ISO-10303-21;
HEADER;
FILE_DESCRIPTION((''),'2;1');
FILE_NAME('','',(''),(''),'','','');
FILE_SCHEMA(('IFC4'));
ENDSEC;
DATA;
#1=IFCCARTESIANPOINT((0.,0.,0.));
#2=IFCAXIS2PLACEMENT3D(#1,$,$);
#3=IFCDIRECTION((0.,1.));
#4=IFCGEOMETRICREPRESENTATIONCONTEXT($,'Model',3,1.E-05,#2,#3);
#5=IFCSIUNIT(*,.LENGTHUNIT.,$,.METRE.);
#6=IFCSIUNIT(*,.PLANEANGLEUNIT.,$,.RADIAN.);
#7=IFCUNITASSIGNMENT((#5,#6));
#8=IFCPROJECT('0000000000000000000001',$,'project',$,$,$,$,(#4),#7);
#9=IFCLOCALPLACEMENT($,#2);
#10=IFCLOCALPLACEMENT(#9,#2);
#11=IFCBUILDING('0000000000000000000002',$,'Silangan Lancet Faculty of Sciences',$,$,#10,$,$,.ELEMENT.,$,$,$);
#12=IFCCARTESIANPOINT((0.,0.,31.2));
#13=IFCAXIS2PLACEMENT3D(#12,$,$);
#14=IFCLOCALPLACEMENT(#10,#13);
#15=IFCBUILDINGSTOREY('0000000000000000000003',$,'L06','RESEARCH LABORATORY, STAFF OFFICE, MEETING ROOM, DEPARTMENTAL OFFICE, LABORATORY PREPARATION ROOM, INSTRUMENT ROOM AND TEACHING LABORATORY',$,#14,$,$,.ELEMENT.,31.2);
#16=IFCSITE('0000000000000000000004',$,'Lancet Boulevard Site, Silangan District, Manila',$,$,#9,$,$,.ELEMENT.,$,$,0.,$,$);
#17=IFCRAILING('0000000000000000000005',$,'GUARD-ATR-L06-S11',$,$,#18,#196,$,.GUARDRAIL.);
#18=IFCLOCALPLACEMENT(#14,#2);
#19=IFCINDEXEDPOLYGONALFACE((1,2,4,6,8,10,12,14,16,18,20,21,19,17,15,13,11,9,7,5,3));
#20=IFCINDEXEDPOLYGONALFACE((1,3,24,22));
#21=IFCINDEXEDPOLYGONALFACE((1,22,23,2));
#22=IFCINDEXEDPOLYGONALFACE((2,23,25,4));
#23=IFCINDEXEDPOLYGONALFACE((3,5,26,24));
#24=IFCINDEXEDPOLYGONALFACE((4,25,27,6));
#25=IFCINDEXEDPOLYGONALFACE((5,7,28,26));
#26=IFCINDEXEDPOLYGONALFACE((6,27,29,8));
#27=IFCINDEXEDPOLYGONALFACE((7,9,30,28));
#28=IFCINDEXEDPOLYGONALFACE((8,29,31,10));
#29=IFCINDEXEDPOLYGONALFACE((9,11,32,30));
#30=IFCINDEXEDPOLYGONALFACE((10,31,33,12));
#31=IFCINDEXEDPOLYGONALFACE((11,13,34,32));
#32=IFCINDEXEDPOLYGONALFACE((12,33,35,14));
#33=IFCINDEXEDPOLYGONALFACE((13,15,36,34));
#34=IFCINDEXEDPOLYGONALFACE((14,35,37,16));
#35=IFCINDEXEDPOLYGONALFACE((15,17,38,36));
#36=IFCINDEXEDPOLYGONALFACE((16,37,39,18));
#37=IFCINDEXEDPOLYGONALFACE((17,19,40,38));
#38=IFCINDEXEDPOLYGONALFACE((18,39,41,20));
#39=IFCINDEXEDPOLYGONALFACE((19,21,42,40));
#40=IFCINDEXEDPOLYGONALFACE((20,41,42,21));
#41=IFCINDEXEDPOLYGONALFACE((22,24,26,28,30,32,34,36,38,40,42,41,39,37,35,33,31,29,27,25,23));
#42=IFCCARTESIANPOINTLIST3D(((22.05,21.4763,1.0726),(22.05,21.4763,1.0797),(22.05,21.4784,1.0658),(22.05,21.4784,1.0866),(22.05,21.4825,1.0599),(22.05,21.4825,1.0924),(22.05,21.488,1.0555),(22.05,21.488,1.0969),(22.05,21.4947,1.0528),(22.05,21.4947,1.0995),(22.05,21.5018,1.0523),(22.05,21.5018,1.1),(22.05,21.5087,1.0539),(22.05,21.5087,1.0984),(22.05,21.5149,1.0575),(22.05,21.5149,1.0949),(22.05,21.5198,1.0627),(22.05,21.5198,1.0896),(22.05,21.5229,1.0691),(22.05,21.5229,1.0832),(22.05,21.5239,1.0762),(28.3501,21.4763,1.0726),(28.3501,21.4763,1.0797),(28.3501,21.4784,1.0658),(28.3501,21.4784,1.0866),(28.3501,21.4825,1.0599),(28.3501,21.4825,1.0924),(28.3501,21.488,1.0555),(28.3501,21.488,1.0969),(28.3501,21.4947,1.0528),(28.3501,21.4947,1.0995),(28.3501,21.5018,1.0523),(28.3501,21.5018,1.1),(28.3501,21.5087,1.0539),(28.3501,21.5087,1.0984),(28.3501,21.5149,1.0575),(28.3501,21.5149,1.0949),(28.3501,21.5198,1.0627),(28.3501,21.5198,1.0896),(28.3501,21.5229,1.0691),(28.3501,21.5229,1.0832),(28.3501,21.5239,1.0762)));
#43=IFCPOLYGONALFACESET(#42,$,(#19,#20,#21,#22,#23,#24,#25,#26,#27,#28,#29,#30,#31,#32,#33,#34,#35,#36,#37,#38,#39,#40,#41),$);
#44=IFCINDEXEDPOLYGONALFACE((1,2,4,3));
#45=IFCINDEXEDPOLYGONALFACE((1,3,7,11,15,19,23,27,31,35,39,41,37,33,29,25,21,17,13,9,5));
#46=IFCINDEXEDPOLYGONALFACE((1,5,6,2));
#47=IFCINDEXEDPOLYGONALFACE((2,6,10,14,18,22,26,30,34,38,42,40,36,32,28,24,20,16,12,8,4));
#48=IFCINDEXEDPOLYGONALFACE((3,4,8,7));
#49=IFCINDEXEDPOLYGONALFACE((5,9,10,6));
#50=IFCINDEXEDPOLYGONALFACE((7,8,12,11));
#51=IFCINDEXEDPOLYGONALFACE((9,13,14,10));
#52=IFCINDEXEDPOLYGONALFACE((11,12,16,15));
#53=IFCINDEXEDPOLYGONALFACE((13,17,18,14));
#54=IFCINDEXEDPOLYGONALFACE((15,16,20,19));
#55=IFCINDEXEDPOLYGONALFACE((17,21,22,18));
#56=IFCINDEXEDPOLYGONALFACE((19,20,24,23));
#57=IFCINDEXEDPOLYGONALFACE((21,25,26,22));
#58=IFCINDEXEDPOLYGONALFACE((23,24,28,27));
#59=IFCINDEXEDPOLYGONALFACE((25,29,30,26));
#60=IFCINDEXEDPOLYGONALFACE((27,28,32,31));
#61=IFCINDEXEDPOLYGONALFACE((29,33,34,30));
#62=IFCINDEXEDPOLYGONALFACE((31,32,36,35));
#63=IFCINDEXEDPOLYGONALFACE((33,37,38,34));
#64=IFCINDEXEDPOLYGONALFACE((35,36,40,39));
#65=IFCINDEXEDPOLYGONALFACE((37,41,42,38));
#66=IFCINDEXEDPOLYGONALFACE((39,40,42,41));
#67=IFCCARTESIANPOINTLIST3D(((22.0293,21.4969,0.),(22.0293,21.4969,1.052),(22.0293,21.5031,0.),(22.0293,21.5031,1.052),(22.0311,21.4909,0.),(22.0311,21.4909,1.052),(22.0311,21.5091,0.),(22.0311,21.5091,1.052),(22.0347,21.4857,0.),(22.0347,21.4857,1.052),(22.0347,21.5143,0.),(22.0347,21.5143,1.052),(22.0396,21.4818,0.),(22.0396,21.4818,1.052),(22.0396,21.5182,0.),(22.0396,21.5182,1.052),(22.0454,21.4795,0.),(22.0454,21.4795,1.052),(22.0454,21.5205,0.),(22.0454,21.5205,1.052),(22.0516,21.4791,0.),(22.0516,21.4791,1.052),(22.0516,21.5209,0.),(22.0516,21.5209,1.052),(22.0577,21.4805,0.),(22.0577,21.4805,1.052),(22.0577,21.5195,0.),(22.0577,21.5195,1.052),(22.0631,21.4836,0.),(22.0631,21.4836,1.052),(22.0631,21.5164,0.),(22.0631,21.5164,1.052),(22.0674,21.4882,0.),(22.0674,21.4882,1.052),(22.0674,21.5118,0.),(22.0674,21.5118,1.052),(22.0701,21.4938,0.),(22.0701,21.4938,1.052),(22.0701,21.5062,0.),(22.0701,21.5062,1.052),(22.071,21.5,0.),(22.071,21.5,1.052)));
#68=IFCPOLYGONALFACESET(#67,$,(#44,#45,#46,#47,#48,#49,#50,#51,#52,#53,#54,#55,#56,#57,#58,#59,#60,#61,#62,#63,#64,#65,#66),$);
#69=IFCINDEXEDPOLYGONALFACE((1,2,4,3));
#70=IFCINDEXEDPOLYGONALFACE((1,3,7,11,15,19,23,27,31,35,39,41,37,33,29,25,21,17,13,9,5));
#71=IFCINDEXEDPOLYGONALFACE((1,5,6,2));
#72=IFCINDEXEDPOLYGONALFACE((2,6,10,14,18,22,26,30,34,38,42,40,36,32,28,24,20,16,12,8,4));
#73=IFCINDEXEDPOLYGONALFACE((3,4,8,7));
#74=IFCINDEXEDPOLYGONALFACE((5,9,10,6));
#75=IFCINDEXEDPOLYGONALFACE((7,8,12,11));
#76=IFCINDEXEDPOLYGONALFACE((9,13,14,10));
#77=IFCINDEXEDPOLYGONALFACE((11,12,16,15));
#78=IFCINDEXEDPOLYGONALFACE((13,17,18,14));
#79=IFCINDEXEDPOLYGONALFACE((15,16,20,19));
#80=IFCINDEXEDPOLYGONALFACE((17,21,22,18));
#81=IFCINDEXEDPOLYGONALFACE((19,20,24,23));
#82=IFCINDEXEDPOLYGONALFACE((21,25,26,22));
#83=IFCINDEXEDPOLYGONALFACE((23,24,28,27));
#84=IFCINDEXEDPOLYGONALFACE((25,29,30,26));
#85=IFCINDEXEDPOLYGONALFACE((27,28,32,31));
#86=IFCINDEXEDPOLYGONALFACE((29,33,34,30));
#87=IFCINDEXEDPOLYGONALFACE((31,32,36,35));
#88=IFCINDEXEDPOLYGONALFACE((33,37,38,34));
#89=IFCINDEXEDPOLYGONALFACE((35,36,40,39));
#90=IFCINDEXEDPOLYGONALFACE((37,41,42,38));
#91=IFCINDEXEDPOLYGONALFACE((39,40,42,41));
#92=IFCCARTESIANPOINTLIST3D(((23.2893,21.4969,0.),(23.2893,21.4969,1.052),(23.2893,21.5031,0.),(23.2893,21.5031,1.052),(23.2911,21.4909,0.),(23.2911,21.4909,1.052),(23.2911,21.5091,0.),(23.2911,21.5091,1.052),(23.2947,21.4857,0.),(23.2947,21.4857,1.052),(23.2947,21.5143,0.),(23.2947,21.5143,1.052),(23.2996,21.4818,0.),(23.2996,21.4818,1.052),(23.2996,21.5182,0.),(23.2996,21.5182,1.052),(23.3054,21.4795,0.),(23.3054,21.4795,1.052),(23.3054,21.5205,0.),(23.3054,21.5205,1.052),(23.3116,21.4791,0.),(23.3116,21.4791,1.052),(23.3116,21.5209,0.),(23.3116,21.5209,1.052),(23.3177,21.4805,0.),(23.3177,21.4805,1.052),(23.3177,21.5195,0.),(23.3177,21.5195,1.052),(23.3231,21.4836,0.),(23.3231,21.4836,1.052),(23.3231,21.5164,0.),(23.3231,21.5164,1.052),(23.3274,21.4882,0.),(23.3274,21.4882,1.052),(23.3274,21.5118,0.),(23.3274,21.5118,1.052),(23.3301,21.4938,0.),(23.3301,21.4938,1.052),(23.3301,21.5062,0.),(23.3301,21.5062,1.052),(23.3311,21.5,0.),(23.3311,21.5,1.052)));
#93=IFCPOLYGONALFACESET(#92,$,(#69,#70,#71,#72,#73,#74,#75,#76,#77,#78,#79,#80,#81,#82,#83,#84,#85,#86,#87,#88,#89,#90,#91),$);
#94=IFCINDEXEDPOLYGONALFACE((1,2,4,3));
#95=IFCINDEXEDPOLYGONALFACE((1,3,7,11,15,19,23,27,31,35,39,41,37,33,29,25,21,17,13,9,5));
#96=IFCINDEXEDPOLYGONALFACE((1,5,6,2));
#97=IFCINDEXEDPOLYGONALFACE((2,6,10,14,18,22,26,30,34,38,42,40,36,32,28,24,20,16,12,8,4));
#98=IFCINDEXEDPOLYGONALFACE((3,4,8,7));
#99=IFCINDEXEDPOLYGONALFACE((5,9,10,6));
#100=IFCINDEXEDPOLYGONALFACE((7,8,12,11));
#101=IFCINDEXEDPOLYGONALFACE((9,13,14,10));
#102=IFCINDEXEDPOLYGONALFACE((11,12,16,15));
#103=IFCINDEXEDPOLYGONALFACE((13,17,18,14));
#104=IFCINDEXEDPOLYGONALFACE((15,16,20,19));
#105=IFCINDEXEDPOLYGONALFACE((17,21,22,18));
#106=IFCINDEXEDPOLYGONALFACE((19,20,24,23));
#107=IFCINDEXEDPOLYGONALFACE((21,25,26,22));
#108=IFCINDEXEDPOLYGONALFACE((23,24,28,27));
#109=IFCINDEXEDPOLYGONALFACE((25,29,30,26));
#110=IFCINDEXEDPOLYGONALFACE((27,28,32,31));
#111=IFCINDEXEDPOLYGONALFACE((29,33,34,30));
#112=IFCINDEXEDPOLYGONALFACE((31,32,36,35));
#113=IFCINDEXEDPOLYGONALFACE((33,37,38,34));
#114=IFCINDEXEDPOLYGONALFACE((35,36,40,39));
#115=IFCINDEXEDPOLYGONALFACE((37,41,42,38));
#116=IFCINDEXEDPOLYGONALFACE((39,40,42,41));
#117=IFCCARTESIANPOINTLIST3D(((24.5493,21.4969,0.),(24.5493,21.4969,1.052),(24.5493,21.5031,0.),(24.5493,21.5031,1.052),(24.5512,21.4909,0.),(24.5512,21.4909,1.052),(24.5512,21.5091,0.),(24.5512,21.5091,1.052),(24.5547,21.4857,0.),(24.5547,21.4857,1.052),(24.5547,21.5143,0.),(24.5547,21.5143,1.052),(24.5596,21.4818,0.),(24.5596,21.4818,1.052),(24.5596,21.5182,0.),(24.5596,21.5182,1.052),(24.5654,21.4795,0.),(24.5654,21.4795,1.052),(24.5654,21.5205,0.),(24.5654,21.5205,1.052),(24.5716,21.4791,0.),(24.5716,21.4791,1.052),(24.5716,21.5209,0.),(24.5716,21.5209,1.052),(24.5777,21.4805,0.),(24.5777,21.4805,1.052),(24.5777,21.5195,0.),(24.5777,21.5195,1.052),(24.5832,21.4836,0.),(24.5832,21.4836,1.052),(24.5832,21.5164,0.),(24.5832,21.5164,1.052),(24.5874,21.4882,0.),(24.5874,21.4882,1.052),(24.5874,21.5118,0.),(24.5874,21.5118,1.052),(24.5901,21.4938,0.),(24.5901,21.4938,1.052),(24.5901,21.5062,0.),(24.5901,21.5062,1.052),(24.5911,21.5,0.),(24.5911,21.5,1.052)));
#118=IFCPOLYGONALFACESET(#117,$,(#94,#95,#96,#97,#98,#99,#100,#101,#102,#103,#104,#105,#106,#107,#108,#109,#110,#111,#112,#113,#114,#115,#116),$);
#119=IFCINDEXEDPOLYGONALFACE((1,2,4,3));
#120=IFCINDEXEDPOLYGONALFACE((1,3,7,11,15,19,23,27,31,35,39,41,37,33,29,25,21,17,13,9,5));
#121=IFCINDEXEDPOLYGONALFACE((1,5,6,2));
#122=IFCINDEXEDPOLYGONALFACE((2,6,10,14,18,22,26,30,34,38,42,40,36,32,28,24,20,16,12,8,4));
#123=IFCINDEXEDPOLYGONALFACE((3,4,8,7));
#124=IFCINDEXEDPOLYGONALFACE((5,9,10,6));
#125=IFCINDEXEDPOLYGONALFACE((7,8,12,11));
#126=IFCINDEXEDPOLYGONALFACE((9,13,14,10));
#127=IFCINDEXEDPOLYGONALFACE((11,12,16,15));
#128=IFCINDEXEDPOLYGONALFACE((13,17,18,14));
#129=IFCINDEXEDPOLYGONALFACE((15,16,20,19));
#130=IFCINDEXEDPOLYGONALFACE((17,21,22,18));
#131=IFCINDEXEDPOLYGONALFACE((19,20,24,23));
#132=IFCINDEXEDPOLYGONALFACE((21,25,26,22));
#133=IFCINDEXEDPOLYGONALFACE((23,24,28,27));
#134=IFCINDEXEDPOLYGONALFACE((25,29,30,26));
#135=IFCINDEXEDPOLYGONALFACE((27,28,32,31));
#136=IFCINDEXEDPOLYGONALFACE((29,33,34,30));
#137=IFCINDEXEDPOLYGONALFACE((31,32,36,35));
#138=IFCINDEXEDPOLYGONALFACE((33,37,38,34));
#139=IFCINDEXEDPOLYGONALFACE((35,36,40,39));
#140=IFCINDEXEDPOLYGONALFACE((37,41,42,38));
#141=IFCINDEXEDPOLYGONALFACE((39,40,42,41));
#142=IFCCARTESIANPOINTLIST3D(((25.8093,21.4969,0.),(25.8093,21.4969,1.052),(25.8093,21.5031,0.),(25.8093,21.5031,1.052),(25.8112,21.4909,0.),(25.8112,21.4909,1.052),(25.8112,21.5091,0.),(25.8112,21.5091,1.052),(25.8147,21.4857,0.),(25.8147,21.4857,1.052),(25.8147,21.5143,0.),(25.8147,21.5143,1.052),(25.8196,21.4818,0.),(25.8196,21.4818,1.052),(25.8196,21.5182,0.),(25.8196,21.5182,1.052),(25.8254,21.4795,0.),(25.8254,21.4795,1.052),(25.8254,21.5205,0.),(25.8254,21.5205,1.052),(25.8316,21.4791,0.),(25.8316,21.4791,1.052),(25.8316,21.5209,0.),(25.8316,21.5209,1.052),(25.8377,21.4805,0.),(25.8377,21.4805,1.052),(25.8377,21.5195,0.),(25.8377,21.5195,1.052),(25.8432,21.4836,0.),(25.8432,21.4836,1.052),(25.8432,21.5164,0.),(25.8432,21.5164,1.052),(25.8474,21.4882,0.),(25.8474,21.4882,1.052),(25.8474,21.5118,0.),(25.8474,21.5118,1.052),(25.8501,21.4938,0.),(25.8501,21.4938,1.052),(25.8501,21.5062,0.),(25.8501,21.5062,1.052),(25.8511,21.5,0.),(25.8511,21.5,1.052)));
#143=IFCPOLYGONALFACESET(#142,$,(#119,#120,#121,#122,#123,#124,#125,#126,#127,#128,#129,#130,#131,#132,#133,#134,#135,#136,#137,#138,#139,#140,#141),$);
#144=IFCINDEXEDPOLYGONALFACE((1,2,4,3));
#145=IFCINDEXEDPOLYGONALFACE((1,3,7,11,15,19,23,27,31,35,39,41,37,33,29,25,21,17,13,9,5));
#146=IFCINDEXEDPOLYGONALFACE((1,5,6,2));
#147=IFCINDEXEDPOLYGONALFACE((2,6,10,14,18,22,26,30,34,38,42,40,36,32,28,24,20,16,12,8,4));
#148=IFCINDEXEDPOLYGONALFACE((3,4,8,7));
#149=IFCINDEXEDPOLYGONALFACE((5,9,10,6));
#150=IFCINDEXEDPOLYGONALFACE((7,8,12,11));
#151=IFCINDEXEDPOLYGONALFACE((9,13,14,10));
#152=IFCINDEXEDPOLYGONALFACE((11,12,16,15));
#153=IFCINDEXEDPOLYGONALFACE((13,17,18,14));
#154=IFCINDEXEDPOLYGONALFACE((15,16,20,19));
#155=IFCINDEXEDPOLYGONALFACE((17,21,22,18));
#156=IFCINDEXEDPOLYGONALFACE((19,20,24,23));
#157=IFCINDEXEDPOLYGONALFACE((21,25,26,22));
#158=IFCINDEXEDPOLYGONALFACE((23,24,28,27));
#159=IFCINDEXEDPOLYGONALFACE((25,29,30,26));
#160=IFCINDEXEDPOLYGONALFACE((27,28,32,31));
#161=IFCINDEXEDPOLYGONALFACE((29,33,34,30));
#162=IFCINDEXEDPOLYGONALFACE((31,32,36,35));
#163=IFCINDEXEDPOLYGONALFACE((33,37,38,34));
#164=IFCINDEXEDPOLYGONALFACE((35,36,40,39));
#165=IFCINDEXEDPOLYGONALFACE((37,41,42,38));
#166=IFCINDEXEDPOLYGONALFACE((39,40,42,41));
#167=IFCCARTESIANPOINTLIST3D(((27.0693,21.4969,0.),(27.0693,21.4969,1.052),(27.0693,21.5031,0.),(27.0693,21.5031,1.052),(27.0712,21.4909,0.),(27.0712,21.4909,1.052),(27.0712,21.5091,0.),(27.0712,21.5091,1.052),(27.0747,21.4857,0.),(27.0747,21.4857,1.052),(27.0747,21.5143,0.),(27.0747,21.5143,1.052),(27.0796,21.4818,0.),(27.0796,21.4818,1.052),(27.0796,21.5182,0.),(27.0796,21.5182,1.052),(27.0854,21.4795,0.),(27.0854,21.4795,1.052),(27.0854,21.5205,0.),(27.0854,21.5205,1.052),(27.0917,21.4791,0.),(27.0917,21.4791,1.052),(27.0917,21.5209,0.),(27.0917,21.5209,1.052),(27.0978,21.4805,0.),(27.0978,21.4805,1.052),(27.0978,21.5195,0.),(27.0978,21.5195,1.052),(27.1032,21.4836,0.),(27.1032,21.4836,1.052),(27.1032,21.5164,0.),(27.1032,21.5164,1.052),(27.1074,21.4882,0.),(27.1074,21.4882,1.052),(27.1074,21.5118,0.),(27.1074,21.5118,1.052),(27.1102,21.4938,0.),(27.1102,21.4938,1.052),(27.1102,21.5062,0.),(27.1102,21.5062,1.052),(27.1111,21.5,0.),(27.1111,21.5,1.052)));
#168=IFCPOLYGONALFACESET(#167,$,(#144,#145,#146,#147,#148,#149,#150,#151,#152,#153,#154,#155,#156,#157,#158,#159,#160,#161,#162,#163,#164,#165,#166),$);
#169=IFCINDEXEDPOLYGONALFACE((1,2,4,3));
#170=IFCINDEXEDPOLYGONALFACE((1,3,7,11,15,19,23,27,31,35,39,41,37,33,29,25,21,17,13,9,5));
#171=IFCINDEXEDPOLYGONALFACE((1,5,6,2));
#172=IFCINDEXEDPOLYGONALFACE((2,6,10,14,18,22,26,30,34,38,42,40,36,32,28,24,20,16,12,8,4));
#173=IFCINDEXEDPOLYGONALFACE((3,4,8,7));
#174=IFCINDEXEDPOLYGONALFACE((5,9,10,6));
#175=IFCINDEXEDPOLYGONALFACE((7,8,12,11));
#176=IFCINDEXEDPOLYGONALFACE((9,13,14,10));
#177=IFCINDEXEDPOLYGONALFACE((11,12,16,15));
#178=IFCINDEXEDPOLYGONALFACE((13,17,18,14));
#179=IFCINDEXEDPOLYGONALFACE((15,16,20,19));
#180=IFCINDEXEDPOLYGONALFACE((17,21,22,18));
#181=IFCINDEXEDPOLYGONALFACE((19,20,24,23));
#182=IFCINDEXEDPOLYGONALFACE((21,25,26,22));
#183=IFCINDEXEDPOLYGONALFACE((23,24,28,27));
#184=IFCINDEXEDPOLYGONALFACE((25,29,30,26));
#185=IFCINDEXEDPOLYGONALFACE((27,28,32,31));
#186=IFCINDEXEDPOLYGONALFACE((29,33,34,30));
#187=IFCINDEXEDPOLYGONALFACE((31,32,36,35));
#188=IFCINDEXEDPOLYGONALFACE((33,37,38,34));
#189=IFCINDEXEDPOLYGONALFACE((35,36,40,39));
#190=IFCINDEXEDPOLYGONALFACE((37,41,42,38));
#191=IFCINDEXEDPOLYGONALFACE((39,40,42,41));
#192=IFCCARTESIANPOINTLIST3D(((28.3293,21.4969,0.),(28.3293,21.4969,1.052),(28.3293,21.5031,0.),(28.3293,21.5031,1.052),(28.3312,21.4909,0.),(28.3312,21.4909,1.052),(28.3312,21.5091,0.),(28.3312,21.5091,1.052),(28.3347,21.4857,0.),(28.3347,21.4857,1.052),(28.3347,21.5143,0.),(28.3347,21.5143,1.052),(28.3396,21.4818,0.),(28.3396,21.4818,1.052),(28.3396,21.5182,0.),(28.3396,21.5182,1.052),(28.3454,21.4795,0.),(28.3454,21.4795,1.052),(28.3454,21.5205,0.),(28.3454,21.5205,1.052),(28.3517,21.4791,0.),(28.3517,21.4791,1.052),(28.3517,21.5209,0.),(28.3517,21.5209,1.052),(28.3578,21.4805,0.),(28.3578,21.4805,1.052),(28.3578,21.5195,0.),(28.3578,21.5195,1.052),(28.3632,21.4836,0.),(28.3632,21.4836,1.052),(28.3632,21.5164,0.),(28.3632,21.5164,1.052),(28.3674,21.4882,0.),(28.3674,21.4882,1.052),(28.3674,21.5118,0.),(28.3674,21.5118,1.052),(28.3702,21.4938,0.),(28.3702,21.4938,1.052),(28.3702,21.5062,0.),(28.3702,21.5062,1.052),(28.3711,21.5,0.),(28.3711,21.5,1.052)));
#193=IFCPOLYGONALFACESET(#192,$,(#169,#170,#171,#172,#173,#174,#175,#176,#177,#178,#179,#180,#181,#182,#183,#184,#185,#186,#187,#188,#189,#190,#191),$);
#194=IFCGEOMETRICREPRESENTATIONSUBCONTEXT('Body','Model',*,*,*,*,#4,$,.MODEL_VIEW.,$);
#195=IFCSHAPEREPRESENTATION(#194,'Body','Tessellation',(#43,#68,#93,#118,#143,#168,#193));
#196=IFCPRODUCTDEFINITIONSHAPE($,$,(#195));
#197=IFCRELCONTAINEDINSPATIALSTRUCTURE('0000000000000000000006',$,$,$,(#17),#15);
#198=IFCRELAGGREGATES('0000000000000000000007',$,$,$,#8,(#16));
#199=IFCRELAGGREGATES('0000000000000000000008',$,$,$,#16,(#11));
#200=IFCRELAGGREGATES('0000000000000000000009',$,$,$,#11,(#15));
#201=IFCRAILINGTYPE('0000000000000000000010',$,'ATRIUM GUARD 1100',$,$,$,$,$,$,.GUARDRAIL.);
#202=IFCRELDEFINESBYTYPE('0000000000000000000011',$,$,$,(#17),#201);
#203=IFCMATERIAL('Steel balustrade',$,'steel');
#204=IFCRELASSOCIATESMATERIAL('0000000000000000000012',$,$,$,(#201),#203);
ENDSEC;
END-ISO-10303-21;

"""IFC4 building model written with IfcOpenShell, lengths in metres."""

from ifc_helpers import new_model, si_unit, direction, frame, origin, origin_2d, place, context, subcontext, project, spatial, circle, extrude, material, type_object, element, save


model = new_model("IFC4")

# Units and contexts
model_context = context("Model", 3, precision=1e-05, world=origin(), true_north=direction((0.0, 1.0)))
body_context = subcontext(model_context, "Body", "Model", "MODEL_VIEW")
ifc_project = project(units=[si_unit("LENGTHUNIT", "METRE"), si_unit("PLANEANGLEUNIT", "RADIAN")], contexts=[model_context])

# Site, building, storey
site_placement = place(None, origin())
site = spatial("IfcSite", under=ifc_project, at=site_placement, Name="Lancet Boulevard Site, Silangan District, Manila", CompositionType="ELEMENT", RefElevation=0.0)
building_placement = place(site_placement, origin())
building = spatial("IfcBuilding", under=site, at=building_placement, Name="Silangan Lancet Faculty of Sciences", CompositionType="ELEMENT")
storey_placement = place(building_placement, frame((0.0, 0.0, 31.2)))
storey = spatial("IfcBuildingStorey", under=building, at=storey_placement, Name="L06", Description="RESEARCH LABORATORY, STAFF OFFICE, MEETING ROOM, DEPARTMENTAL OFFICE, LABORATORY PREPARATION ROOM, INSTRUMENT ROOM AND TEACHING LABORATORY", CompositionType="ELEMENT", Elevation=31.2)

# Railing
ifc_material_1 = material(Name="Steel balustrade", Category="steel")
railing_type = type_object("IfcRailingType", Name="ATRIUM GUARD 1100", PredefinedType="GUARDRAIL", material=ifc_material_1)
railing_placement = place(storey_placement, frame((22.05, 21.5, 0.0)))
element("IfcRailing", 1, at=railing_placement, inside=storey, type_object=railing_type, Name="GUARD-ATR-L06-S11", PredefinedType="GUARDRAIL", context=body_context, shape_type="SweptSolid", body=[
    extrude(circle(Radius=0.0239, at=origin_2d()), frame((0.0, 0.0, 1.0762), z_axis=(1.0, 0.0, 0.0), x_axis=(0.0, 1.0, 0.0)), (0.0, 0.0, 1.0), 6.3),
    extrude(circle(Radius=0.021, at=origin_2d()), origin(), (0.0, 0.0, 1.0), 1.052),
    extrude(circle(Radius=0.021, at=origin_2d()), frame((1.26, 0.0, 0.0)), (0.0, 0.0, 1.0), 1.052),
    extrude(circle(Radius=0.021, at=origin_2d()), frame((2.52, 0.0, 0.0)), (0.0, 0.0, 1.0), 1.052),
    extrude(circle(Radius=0.021, at=origin_2d()), frame((3.78, 0.0, 0.0)), (0.0, 0.0, 1.0), 1.052),
    extrude(circle(Radius=0.021, at=origin_2d()), frame((5.04, 0.0, 0.0)), (0.0, 0.0, 1.0), 1.052),
    extrude(circle(Radius=0.021, at=origin_2d()), frame((6.3, 0.0, 0.0)), (0.0, 0.0, 1.0), 1.052),
])

save(model, "model.ifc")
